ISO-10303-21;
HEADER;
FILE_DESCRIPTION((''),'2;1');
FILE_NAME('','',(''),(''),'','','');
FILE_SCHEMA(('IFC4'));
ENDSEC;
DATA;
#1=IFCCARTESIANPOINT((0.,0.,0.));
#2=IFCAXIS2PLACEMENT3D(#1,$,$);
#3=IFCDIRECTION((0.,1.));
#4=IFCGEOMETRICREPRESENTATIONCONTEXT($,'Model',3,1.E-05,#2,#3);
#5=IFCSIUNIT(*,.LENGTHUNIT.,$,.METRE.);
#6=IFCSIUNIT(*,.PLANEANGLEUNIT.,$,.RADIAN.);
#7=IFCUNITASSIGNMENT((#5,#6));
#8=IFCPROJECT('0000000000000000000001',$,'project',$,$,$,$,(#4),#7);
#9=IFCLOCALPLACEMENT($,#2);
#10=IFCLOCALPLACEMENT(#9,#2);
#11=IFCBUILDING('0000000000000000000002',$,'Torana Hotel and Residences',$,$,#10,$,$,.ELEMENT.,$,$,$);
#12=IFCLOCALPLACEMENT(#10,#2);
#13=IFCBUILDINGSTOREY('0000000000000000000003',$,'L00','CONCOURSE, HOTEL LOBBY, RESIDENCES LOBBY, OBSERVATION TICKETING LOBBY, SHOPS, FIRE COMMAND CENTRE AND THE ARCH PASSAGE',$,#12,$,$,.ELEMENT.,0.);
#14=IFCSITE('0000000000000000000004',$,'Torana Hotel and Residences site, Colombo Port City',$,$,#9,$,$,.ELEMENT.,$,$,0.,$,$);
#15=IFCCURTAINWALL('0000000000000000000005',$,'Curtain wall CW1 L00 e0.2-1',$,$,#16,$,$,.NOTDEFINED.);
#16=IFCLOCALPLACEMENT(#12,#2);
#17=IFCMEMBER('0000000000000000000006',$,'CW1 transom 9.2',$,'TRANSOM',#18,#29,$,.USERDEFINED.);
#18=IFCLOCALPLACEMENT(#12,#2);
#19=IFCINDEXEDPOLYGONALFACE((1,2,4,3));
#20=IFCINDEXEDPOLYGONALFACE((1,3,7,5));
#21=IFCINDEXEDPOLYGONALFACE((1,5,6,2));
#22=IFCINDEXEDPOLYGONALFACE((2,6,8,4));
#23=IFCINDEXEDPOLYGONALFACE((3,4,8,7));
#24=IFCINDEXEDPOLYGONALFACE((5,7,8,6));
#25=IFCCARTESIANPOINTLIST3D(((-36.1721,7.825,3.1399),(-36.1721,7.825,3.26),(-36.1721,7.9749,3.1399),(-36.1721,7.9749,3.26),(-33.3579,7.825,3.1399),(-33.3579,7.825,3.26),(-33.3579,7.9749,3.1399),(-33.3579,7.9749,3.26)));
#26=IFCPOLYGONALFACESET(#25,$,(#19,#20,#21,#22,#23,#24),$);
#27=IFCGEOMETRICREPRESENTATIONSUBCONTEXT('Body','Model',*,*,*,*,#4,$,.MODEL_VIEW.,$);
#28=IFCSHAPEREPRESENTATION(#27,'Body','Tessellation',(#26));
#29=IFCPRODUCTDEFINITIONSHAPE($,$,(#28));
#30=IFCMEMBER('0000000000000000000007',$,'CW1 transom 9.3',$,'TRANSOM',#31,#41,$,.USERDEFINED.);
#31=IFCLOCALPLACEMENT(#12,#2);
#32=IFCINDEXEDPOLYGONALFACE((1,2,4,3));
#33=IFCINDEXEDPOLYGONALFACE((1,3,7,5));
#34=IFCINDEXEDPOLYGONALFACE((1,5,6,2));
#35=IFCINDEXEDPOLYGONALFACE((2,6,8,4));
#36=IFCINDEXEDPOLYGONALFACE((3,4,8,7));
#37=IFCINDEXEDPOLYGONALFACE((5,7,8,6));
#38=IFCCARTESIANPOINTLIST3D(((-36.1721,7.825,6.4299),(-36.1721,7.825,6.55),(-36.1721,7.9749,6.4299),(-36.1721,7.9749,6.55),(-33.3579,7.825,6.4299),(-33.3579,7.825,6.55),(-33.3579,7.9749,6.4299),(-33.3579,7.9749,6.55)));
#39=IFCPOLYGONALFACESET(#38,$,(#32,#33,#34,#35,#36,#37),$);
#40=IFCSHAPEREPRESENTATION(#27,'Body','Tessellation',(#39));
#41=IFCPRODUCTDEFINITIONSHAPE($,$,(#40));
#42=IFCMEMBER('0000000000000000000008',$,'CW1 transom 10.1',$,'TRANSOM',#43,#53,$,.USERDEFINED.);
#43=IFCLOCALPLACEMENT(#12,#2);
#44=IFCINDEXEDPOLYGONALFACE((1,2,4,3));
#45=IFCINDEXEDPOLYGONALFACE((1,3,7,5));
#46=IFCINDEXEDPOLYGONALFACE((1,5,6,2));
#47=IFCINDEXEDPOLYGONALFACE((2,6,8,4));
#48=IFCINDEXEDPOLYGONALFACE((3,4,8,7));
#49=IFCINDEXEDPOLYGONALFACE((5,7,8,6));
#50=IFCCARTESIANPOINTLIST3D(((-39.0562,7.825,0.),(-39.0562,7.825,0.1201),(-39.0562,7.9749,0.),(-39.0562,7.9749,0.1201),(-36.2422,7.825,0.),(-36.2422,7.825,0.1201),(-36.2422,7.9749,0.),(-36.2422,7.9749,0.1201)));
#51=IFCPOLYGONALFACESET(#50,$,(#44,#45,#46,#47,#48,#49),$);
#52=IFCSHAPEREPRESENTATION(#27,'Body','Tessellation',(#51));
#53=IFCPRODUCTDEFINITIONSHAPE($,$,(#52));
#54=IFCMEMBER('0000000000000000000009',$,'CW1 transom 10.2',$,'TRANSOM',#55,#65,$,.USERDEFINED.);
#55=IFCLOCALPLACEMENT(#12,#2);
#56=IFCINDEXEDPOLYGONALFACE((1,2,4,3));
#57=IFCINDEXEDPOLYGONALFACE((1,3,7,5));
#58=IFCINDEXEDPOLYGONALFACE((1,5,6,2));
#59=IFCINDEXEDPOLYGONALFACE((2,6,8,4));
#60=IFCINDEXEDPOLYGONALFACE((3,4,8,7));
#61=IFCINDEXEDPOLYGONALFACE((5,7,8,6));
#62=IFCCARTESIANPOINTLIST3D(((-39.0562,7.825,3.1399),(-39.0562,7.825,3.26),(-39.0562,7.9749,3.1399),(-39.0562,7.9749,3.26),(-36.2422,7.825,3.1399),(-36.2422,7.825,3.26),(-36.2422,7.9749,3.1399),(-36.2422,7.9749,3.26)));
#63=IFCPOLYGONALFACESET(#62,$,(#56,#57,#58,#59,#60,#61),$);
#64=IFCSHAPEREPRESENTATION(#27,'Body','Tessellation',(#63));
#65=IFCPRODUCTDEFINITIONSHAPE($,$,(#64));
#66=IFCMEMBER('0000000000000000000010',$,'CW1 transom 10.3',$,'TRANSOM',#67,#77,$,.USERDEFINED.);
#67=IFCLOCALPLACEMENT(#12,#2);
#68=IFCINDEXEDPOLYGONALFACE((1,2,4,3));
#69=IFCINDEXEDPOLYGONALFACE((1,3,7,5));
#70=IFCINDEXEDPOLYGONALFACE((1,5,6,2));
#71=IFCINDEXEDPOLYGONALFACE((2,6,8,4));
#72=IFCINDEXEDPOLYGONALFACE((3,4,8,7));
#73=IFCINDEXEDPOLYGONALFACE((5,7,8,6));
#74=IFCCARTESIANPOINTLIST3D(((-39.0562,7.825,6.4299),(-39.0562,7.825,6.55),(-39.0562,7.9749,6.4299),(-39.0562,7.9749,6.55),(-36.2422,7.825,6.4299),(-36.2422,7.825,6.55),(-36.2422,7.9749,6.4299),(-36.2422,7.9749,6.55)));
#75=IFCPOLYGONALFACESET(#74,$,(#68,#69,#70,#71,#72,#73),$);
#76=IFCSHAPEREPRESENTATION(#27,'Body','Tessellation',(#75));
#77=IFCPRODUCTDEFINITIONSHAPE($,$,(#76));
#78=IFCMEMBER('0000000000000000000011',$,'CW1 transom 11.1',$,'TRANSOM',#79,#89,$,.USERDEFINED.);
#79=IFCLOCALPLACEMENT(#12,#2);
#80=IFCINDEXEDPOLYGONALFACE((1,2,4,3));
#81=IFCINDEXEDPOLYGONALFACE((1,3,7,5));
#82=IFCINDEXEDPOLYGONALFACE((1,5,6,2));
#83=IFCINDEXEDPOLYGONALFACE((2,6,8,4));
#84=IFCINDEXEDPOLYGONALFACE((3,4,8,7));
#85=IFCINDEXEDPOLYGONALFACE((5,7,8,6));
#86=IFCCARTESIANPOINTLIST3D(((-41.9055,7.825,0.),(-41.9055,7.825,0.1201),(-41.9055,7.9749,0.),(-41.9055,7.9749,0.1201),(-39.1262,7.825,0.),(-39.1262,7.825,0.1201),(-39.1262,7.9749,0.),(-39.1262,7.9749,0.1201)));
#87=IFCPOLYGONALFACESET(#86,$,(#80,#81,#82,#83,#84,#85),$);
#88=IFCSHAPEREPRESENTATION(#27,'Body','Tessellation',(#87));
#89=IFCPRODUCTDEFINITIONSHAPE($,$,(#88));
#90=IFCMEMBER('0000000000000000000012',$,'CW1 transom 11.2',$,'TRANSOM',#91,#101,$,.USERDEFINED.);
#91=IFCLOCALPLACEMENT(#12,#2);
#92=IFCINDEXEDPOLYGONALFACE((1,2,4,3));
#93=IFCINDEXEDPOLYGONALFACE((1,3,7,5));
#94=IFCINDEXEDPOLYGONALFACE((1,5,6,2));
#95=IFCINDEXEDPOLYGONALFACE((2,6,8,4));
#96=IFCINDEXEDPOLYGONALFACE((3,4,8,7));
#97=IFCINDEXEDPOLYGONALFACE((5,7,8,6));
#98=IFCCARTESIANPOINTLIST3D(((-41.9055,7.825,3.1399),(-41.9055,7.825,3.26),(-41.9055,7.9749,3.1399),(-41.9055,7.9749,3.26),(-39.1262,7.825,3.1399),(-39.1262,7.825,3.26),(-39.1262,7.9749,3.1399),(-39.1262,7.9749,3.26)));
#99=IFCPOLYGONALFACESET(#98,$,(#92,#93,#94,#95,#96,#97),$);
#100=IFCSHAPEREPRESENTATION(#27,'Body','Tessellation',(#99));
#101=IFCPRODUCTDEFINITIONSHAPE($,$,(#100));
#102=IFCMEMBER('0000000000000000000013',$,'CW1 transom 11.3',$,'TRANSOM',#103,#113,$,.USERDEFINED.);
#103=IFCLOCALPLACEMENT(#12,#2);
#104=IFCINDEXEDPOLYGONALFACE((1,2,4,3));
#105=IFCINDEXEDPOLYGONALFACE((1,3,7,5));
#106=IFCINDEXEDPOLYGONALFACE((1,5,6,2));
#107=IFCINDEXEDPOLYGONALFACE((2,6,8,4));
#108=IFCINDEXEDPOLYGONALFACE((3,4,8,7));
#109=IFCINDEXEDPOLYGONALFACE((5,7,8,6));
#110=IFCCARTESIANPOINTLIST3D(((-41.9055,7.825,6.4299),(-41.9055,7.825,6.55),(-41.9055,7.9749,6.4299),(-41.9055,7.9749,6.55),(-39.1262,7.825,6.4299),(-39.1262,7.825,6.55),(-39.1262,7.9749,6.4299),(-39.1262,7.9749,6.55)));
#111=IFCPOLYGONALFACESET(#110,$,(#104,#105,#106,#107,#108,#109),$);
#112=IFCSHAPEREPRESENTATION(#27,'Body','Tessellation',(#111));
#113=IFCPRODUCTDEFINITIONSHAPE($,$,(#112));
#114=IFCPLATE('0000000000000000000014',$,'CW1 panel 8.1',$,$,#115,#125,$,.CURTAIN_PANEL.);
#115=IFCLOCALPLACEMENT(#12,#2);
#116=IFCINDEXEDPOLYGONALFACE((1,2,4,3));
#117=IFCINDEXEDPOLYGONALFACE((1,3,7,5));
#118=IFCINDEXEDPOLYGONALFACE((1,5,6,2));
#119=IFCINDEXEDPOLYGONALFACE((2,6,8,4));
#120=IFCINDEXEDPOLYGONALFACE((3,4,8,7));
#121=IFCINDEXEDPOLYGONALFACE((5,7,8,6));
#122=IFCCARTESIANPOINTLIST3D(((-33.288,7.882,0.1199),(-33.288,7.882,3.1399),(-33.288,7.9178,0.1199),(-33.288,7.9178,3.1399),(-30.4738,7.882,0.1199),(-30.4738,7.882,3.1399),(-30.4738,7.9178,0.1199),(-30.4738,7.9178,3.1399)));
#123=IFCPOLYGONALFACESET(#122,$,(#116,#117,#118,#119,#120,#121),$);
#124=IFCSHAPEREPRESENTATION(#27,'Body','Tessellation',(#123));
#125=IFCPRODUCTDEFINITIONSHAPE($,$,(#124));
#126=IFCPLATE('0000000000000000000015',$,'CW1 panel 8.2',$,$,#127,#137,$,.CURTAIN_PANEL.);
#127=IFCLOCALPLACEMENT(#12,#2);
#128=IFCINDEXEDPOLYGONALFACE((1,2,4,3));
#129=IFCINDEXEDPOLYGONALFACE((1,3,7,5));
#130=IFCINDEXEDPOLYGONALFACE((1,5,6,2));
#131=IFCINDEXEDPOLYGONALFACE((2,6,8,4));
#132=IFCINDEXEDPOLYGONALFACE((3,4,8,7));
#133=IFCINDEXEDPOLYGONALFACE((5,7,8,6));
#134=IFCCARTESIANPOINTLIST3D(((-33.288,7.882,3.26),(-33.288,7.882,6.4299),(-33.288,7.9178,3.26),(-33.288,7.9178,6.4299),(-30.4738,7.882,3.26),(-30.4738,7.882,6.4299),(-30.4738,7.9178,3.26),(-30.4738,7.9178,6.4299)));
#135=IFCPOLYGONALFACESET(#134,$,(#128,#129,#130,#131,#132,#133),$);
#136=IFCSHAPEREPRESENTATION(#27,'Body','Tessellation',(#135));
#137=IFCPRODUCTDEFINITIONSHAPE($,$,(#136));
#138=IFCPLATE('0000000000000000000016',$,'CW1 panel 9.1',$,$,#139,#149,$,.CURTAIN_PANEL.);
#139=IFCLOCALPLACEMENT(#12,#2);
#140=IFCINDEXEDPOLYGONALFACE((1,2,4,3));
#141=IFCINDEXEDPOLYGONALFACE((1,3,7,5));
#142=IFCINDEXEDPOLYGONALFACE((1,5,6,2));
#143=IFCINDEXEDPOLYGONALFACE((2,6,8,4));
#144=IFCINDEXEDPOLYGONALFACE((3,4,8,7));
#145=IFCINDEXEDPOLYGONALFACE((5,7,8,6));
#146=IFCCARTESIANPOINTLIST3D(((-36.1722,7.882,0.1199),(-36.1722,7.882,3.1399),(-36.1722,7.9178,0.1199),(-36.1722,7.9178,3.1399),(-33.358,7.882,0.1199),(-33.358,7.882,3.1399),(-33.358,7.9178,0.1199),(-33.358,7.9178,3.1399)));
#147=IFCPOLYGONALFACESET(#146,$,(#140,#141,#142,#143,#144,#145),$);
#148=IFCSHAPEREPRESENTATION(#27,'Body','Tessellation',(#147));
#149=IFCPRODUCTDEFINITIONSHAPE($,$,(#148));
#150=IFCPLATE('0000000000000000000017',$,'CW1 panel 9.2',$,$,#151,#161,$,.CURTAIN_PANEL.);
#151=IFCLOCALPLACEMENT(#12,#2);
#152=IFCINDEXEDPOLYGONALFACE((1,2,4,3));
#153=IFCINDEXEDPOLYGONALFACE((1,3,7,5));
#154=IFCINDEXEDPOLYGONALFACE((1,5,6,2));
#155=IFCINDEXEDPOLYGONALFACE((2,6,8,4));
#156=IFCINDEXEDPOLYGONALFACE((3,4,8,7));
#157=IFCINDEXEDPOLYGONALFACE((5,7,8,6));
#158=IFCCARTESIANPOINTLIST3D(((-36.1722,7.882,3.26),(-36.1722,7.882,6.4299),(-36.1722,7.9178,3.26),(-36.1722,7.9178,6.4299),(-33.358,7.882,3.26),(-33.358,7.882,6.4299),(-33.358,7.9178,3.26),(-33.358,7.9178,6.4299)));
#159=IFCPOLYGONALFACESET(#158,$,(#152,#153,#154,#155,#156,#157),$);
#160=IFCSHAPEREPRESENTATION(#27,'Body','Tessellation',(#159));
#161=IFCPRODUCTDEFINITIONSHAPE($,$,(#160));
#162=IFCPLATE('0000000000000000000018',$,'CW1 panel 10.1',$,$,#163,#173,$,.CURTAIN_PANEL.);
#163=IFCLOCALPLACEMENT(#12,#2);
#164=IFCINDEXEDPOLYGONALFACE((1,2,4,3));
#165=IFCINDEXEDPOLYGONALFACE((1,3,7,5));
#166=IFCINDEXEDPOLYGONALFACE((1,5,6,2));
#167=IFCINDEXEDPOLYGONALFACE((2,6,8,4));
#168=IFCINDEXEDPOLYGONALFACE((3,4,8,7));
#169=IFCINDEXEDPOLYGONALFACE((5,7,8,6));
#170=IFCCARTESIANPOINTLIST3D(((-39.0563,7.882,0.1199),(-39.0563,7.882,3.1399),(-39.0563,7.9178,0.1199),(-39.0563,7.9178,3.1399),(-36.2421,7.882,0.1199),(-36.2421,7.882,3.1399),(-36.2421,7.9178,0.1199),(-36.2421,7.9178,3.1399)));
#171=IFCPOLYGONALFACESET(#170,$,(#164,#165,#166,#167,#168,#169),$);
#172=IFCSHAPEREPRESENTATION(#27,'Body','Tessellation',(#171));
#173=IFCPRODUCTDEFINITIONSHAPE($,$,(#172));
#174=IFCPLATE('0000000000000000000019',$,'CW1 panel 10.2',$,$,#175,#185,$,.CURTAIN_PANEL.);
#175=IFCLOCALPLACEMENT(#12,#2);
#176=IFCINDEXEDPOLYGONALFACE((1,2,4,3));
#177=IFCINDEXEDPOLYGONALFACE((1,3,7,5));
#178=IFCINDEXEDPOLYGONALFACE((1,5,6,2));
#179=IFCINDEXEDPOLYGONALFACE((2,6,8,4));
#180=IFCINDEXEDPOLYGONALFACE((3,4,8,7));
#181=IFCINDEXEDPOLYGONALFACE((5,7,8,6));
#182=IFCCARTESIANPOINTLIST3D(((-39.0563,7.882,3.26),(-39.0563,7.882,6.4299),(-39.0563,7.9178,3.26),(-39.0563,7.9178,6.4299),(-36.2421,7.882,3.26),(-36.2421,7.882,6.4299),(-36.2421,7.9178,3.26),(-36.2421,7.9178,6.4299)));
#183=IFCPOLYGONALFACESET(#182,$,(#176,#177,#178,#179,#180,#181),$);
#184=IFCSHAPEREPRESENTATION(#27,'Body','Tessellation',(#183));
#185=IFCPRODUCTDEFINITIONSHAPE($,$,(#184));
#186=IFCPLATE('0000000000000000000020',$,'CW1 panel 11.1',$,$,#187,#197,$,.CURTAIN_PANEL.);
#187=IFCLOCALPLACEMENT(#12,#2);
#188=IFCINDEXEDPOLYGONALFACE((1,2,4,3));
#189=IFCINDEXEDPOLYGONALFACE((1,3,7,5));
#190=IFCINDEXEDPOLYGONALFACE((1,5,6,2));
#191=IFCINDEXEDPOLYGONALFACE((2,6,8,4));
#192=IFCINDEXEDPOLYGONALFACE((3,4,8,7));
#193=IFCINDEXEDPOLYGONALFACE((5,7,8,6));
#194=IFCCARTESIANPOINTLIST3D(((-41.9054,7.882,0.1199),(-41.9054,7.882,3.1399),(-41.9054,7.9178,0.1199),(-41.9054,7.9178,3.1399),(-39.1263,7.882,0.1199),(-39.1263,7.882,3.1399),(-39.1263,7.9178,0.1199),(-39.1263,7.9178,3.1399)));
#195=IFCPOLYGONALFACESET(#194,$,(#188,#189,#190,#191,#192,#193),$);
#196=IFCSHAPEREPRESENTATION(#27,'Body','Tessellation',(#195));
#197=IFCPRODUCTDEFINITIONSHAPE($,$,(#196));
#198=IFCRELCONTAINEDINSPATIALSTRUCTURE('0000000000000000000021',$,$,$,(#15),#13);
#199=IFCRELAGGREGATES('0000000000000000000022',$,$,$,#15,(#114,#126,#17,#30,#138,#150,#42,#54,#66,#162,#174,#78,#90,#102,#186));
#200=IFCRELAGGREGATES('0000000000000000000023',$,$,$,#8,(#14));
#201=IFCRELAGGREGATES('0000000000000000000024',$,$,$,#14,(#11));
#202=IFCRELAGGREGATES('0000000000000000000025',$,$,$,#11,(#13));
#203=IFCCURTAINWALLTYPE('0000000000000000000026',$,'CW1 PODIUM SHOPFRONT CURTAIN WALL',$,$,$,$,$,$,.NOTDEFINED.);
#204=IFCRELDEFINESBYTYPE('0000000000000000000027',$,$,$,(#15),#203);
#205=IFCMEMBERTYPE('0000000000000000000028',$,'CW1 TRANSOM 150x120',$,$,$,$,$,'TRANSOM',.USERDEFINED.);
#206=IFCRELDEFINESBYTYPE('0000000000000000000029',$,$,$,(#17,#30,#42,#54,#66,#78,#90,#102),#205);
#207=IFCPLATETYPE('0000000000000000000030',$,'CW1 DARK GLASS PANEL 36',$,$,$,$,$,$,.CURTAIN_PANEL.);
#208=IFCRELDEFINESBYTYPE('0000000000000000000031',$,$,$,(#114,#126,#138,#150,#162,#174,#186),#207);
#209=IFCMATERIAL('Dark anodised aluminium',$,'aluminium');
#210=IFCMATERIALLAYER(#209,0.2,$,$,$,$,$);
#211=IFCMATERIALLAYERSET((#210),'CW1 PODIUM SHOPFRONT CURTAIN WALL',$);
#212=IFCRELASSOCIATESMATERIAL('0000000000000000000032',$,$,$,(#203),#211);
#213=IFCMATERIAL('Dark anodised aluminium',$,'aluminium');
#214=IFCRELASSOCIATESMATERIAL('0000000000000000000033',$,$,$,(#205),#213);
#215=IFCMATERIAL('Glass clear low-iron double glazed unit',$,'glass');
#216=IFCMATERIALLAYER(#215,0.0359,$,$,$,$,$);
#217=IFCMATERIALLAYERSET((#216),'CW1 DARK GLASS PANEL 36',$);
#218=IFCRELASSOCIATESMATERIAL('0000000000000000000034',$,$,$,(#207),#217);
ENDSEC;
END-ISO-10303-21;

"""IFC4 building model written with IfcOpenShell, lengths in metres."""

from ifc_helpers import new_model, si_unit, direction, frame, origin, origin_2d, place, context, subcontext, project, spatial, rectangle, extrude, material, layer, layer_set, material_profile, profile_set, type_object, element, aggregate, save


model = new_model("IFC4")

# Units and contexts
model_context = context("Model", 3, precision=1e-05, world=origin(), true_north=direction((0.0, 1.0)))
body_context = subcontext(model_context, "Body", "Model", "MODEL_VIEW")
ifc_project = project(units=[si_unit("LENGTHUNIT", "METRE"), si_unit("PLANEANGLEUNIT", "RADIAN")], contexts=[model_context])

# Site, building, storey
site_placement = place(None, origin())
site = spatial("IfcSite", under=ifc_project, at=site_placement, Name="Torana Hotel and Residences site, Colombo Port City", CompositionType="ELEMENT", RefElevation=0.0)
building_placement = place(site_placement, origin())
building = spatial("IfcBuilding", under=site, at=building_placement, Name="Torana Hotel and Residences", CompositionType="ELEMENT")
storey_placement = place(building_placement, origin())
storey = spatial("IfcBuildingStorey", under=building, at=storey_placement, Name="L00", Description="CONCOURSE, HOTEL LOBBY, RESIDENCES LOBBY, OBSERVATION TICKETING LOBBY, SHOPS, FIRE COMMAND CENTRE AND THE ARCH PASSAGE", CompositionType="ELEMENT", Elevation=0.0)

# Curtain wall
ifc_material_1 = material(Name="Dark anodised aluminium", Category="aluminium")
ifc_layer_1 = layer(ifc_material_1, 0.2)
ifc_layer_set_1 = layer_set([ifc_layer_1], Name="CW1 PODIUM SHOPFRONT CURTAIN WALL")
curtain_wall_type = type_object("IfcCurtainWallType", Name="CW1 PODIUM SHOPFRONT CURTAIN WALL", PredefinedType="NOTDEFINED", material=ifc_layer_set_1)
curtain_wall_1_placement = place(storey_placement, origin())
curtain_wall_1 = element("IfcCurtainWall", 1, at=curtain_wall_1_placement, inside=storey, type_object=curtain_wall_type, Name="Curtain wall CW1 L00 e0.2-1", PredefinedType="NOTDEFINED")

# Members
ifc_material_2 = material(Name="Dark anodised aluminium", Category="aluminium")
ifc_material_profile_1 = material_profile(ifc_material_2, rectangle(XDim=0.1499, YDim=0.1201, at=origin_2d()), Name="CW1 TRANSOM 150x120")
ifc_profile_set_1 = profile_set([ifc_material_profile_1], Name="Dark anodised aluminium")
member_type_1 = type_object("IfcMemberType", Name="CW1 TRANSOM 150x120", ElementType="TRANSOM", PredefinedType="USERDEFINED", material=ifc_profile_set_1)
member_1_placement = place(storey_placement, frame((-33.3579, 7.8999, 3.2), z_axis=(-1.0, 0.0, 0.0), x_axis=(0.0, -1.0, 0.0)))
member_1 = element("IfcMember", 2, at=member_1_placement, type_object=member_type_1, Name="CW1 transom 9.2", ObjectType="TRANSOM", PredefinedType="USERDEFINED", context=body_context, shape_type="SweptSolid", body=[
    extrude(rectangle(XDim=0.1499, YDim=0.1201, at=origin_2d()), origin(), (0.0, 0.0, 1.0), 2.8142),
])
member_2_placement = place(storey_placement, frame((-33.3579, 7.8999, 6.49), z_axis=(-1.0, 0.0, 0.0), x_axis=(0.0, -1.0, 0.0)))
member_2 = element("IfcMember", 3, at=member_2_placement, type_object=member_type_1, Name="CW1 transom 9.3", ObjectType="TRANSOM", PredefinedType="USERDEFINED", context=body_context, shape_type="SweptSolid", body=[
    extrude(rectangle(XDim=0.1499, YDim=0.1201, at=origin_2d()), origin(), (0.0, 0.0, 1.0), 2.8142),
])
member_3_placement = place(storey_placement, frame((-36.2422, 7.8999, 0.0601), z_axis=(-1.0, 0.0, 0.0), x_axis=(0.0, -1.0, 0.0)))
member_3 = element("IfcMember", 4, at=member_3_placement, type_object=member_type_1, Name="CW1 transom 10.1", ObjectType="TRANSOM", PredefinedType="USERDEFINED", context=body_context, shape_type="SweptSolid", body=[
    extrude(rectangle(XDim=0.1499, YDim=0.1201, at=origin_2d()), origin(), (0.0, 0.0, 1.0), 2.814),
])
member_4_placement = place(storey_placement, frame((-36.2422, 7.8999, 3.2), z_axis=(-1.0, 0.0, 0.0), x_axis=(0.0, -1.0, 0.0)))
member_4 = element("IfcMember", 5, at=member_4_placement, type_object=member_type_1, Name="CW1 transom 10.2", ObjectType="TRANSOM", PredefinedType="USERDEFINED", context=body_context, shape_type="SweptSolid", body=[
    extrude(rectangle(XDim=0.1499, YDim=0.1201, at=origin_2d()), origin(), (0.0, 0.0, 1.0), 2.814),
])
member_5_placement = place(storey_placement, frame((-36.2422, 7.8999, 6.49), z_axis=(-1.0, 0.0, 0.0), x_axis=(0.0, -1.0, 0.0)))
member_5 = element("IfcMember", 6, at=member_5_placement, type_object=member_type_1, Name="CW1 transom 10.3", ObjectType="TRANSOM", PredefinedType="USERDEFINED", context=body_context, shape_type="SweptSolid", body=[
    extrude(rectangle(XDim=0.1499, YDim=0.1201, at=origin_2d()), origin(), (0.0, 0.0, 1.0), 2.814),
])
member_6_placement = place(storey_placement, frame((-39.1262, 7.8999, 0.0601), z_axis=(-1.0, 0.0, 0.0), x_axis=(0.0, -1.0, 0.0)))
member_6 = element("IfcMember", 7, at=member_6_placement, type_object=member_type_1, Name="CW1 transom 11.1", ObjectType="TRANSOM", PredefinedType="USERDEFINED", context=body_context, shape_type="SweptSolid", body=[
    extrude(rectangle(XDim=0.1499, YDim=0.1201, at=origin_2d()), origin(), (0.0, 0.0, 1.0), 2.7793),
])
member_7_placement = place(storey_placement, frame((-39.1262, 7.8999, 3.2), z_axis=(-1.0, 0.0, 0.0), x_axis=(0.0, -1.0, 0.0)))
member_7 = element("IfcMember", 8, at=member_7_placement, type_object=member_type_1, Name="CW1 transom 11.2", ObjectType="TRANSOM", PredefinedType="USERDEFINED", context=body_context, shape_type="SweptSolid", body=[
    extrude(rectangle(XDim=0.1499, YDim=0.1201, at=origin_2d()), origin(), (0.0, 0.0, 1.0), 2.7793),
])
member_8_placement = place(storey_placement, frame((-39.1262, 7.8999, 6.49), z_axis=(-1.0, 0.0, 0.0), x_axis=(0.0, -1.0, 0.0)))
member_8 = element("IfcMember", 9, at=member_8_placement, type_object=member_type_1, Name="CW1 transom 11.3", ObjectType="TRANSOM", PredefinedType="USERDEFINED", context=body_context, shape_type="SweptSolid", body=[
    extrude(rectangle(XDim=0.1499, YDim=0.1201, at=origin_2d()), origin(), (0.0, 0.0, 1.0), 2.7793),
])

# Plates
ifc_material_3 = material(Name="Glass clear low-iron double glazed unit", Category="glass")
ifc_layer_2 = layer(ifc_material_3, 0.0359)
ifc_layer_set_2 = layer_set([ifc_layer_2], Name="CW1 DARK GLASS PANEL 36")
plate_type = type_object("IfcPlateType", Name="CW1 DARK GLASS PANEL 36", PredefinedType="CURTAIN_PANEL", material=ifc_layer_set_2)
plate_1_placement = place(storey_placement, frame((-31.8809, 7.8999, 0.1199), z_axis=(0.0, 0.0, 1.0), x_axis=(-1.0, 0.0, 0.0)))
plate_1 = element("IfcPlate", 10, at=plate_1_placement, type_object=plate_type, Name="CW1 panel 8.1", PredefinedType="CURTAIN_PANEL", context=body_context, shape_type="SweptSolid", body=[
    extrude(rectangle(XDim=2.8142, YDim=0.0359, at=origin_2d()), origin(), (0.0, 0.0, 1.0), 3.02),
])
plate_2_placement = place(storey_placement, frame((-31.8809, 7.8999, 3.26), z_axis=(0.0, 0.0, 1.0), x_axis=(-1.0, 0.0, 0.0)))
plate_2 = element("IfcPlate", 11, at=plate_2_placement, type_object=plate_type, Name="CW1 panel 8.2", PredefinedType="CURTAIN_PANEL", context=body_context, shape_type="SweptSolid", body=[
    extrude(rectangle(XDim=2.8142, YDim=0.0359, at=origin_2d()), origin(), (0.0, 0.0, 1.0), 3.1699),
])
plate_3_placement = place(storey_placement, frame((-34.7651, 7.8999, 0.1199), z_axis=(0.0, 0.0, 1.0), x_axis=(-1.0, 0.0, 0.0)))
plate_3 = element("IfcPlate", 12, at=plate_3_placement, type_object=plate_type, Name="CW1 panel 9.1", PredefinedType="CURTAIN_PANEL", context=body_context, shape_type="SweptSolid", body=[
    extrude(rectangle(XDim=2.8142, YDim=0.0359, at=origin_2d()), origin(), (0.0, 0.0, 1.0), 3.02),
])
plate_4_placement = place(storey_placement, frame((-34.7651, 7.8999, 3.26), z_axis=(0.0, 0.0, 1.0), x_axis=(-1.0, 0.0, 0.0)))
plate_4 = element("IfcPlate", 13, at=plate_4_placement, type_object=plate_type, Name="CW1 panel 9.2", PredefinedType="CURTAIN_PANEL", context=body_context, shape_type="SweptSolid", body=[
    extrude(rectangle(XDim=2.8142, YDim=0.0359, at=origin_2d()), origin(), (0.0, 0.0, 1.0), 3.1699),
])
plate_5_placement = place(storey_placement, frame((-37.6492, 7.8999, 0.1199), z_axis=(0.0, 0.0, 1.0), x_axis=(-1.0, 0.0, 0.0)))
plate_5 = element("IfcPlate", 14, at=plate_5_placement, type_object=plate_type, Name="CW1 panel 10.1", PredefinedType="CURTAIN_PANEL", context=body_context, shape_type="SweptSolid", body=[
    extrude(rectangle(XDim=2.8142, YDim=0.0359, at=origin_2d()), origin(), (0.0, 0.0, 1.0), 3.02),
])
plate_6_placement = place(storey_placement, frame((-37.6492, 7.8999, 3.26), z_axis=(0.0, 0.0, 1.0), x_axis=(-1.0, 0.0, 0.0)))
plate_6 = element("IfcPlate", 15, at=plate_6_placement, type_object=plate_type, Name="CW1 panel 10.2", PredefinedType="CURTAIN_PANEL", context=body_context, shape_type="SweptSolid", body=[
    extrude(rectangle(XDim=2.8142, YDim=0.0359, at=origin_2d()), origin(), (0.0, 0.0, 1.0), 3.1699),
])
plate_7_placement = place(storey_placement, frame((-40.5159, 7.8999, 0.1199), z_axis=(0.0, 0.0, 1.0), x_axis=(-1.0, 0.0, 0.0)))
plate_7 = element("IfcPlate", 16, at=plate_7_placement, type_object=plate_type, Name="CW1 panel 11.1", PredefinedType="CURTAIN_PANEL", context=body_context, shape_type="SweptSolid", body=[
    extrude(rectangle(XDim=2.7791, YDim=0.0359, at=origin_2d()), origin(), (0.0, 0.0, 1.0), 3.02),
])
aggregate(curtain_wall_1, [plate_1, plate_2, member_1, member_2, plate_3, plate_4, member_3, member_4, member_5, plate_5, plate_6, member_6, member_7, member_8, plate_7])

save(model, "model.ifc")
